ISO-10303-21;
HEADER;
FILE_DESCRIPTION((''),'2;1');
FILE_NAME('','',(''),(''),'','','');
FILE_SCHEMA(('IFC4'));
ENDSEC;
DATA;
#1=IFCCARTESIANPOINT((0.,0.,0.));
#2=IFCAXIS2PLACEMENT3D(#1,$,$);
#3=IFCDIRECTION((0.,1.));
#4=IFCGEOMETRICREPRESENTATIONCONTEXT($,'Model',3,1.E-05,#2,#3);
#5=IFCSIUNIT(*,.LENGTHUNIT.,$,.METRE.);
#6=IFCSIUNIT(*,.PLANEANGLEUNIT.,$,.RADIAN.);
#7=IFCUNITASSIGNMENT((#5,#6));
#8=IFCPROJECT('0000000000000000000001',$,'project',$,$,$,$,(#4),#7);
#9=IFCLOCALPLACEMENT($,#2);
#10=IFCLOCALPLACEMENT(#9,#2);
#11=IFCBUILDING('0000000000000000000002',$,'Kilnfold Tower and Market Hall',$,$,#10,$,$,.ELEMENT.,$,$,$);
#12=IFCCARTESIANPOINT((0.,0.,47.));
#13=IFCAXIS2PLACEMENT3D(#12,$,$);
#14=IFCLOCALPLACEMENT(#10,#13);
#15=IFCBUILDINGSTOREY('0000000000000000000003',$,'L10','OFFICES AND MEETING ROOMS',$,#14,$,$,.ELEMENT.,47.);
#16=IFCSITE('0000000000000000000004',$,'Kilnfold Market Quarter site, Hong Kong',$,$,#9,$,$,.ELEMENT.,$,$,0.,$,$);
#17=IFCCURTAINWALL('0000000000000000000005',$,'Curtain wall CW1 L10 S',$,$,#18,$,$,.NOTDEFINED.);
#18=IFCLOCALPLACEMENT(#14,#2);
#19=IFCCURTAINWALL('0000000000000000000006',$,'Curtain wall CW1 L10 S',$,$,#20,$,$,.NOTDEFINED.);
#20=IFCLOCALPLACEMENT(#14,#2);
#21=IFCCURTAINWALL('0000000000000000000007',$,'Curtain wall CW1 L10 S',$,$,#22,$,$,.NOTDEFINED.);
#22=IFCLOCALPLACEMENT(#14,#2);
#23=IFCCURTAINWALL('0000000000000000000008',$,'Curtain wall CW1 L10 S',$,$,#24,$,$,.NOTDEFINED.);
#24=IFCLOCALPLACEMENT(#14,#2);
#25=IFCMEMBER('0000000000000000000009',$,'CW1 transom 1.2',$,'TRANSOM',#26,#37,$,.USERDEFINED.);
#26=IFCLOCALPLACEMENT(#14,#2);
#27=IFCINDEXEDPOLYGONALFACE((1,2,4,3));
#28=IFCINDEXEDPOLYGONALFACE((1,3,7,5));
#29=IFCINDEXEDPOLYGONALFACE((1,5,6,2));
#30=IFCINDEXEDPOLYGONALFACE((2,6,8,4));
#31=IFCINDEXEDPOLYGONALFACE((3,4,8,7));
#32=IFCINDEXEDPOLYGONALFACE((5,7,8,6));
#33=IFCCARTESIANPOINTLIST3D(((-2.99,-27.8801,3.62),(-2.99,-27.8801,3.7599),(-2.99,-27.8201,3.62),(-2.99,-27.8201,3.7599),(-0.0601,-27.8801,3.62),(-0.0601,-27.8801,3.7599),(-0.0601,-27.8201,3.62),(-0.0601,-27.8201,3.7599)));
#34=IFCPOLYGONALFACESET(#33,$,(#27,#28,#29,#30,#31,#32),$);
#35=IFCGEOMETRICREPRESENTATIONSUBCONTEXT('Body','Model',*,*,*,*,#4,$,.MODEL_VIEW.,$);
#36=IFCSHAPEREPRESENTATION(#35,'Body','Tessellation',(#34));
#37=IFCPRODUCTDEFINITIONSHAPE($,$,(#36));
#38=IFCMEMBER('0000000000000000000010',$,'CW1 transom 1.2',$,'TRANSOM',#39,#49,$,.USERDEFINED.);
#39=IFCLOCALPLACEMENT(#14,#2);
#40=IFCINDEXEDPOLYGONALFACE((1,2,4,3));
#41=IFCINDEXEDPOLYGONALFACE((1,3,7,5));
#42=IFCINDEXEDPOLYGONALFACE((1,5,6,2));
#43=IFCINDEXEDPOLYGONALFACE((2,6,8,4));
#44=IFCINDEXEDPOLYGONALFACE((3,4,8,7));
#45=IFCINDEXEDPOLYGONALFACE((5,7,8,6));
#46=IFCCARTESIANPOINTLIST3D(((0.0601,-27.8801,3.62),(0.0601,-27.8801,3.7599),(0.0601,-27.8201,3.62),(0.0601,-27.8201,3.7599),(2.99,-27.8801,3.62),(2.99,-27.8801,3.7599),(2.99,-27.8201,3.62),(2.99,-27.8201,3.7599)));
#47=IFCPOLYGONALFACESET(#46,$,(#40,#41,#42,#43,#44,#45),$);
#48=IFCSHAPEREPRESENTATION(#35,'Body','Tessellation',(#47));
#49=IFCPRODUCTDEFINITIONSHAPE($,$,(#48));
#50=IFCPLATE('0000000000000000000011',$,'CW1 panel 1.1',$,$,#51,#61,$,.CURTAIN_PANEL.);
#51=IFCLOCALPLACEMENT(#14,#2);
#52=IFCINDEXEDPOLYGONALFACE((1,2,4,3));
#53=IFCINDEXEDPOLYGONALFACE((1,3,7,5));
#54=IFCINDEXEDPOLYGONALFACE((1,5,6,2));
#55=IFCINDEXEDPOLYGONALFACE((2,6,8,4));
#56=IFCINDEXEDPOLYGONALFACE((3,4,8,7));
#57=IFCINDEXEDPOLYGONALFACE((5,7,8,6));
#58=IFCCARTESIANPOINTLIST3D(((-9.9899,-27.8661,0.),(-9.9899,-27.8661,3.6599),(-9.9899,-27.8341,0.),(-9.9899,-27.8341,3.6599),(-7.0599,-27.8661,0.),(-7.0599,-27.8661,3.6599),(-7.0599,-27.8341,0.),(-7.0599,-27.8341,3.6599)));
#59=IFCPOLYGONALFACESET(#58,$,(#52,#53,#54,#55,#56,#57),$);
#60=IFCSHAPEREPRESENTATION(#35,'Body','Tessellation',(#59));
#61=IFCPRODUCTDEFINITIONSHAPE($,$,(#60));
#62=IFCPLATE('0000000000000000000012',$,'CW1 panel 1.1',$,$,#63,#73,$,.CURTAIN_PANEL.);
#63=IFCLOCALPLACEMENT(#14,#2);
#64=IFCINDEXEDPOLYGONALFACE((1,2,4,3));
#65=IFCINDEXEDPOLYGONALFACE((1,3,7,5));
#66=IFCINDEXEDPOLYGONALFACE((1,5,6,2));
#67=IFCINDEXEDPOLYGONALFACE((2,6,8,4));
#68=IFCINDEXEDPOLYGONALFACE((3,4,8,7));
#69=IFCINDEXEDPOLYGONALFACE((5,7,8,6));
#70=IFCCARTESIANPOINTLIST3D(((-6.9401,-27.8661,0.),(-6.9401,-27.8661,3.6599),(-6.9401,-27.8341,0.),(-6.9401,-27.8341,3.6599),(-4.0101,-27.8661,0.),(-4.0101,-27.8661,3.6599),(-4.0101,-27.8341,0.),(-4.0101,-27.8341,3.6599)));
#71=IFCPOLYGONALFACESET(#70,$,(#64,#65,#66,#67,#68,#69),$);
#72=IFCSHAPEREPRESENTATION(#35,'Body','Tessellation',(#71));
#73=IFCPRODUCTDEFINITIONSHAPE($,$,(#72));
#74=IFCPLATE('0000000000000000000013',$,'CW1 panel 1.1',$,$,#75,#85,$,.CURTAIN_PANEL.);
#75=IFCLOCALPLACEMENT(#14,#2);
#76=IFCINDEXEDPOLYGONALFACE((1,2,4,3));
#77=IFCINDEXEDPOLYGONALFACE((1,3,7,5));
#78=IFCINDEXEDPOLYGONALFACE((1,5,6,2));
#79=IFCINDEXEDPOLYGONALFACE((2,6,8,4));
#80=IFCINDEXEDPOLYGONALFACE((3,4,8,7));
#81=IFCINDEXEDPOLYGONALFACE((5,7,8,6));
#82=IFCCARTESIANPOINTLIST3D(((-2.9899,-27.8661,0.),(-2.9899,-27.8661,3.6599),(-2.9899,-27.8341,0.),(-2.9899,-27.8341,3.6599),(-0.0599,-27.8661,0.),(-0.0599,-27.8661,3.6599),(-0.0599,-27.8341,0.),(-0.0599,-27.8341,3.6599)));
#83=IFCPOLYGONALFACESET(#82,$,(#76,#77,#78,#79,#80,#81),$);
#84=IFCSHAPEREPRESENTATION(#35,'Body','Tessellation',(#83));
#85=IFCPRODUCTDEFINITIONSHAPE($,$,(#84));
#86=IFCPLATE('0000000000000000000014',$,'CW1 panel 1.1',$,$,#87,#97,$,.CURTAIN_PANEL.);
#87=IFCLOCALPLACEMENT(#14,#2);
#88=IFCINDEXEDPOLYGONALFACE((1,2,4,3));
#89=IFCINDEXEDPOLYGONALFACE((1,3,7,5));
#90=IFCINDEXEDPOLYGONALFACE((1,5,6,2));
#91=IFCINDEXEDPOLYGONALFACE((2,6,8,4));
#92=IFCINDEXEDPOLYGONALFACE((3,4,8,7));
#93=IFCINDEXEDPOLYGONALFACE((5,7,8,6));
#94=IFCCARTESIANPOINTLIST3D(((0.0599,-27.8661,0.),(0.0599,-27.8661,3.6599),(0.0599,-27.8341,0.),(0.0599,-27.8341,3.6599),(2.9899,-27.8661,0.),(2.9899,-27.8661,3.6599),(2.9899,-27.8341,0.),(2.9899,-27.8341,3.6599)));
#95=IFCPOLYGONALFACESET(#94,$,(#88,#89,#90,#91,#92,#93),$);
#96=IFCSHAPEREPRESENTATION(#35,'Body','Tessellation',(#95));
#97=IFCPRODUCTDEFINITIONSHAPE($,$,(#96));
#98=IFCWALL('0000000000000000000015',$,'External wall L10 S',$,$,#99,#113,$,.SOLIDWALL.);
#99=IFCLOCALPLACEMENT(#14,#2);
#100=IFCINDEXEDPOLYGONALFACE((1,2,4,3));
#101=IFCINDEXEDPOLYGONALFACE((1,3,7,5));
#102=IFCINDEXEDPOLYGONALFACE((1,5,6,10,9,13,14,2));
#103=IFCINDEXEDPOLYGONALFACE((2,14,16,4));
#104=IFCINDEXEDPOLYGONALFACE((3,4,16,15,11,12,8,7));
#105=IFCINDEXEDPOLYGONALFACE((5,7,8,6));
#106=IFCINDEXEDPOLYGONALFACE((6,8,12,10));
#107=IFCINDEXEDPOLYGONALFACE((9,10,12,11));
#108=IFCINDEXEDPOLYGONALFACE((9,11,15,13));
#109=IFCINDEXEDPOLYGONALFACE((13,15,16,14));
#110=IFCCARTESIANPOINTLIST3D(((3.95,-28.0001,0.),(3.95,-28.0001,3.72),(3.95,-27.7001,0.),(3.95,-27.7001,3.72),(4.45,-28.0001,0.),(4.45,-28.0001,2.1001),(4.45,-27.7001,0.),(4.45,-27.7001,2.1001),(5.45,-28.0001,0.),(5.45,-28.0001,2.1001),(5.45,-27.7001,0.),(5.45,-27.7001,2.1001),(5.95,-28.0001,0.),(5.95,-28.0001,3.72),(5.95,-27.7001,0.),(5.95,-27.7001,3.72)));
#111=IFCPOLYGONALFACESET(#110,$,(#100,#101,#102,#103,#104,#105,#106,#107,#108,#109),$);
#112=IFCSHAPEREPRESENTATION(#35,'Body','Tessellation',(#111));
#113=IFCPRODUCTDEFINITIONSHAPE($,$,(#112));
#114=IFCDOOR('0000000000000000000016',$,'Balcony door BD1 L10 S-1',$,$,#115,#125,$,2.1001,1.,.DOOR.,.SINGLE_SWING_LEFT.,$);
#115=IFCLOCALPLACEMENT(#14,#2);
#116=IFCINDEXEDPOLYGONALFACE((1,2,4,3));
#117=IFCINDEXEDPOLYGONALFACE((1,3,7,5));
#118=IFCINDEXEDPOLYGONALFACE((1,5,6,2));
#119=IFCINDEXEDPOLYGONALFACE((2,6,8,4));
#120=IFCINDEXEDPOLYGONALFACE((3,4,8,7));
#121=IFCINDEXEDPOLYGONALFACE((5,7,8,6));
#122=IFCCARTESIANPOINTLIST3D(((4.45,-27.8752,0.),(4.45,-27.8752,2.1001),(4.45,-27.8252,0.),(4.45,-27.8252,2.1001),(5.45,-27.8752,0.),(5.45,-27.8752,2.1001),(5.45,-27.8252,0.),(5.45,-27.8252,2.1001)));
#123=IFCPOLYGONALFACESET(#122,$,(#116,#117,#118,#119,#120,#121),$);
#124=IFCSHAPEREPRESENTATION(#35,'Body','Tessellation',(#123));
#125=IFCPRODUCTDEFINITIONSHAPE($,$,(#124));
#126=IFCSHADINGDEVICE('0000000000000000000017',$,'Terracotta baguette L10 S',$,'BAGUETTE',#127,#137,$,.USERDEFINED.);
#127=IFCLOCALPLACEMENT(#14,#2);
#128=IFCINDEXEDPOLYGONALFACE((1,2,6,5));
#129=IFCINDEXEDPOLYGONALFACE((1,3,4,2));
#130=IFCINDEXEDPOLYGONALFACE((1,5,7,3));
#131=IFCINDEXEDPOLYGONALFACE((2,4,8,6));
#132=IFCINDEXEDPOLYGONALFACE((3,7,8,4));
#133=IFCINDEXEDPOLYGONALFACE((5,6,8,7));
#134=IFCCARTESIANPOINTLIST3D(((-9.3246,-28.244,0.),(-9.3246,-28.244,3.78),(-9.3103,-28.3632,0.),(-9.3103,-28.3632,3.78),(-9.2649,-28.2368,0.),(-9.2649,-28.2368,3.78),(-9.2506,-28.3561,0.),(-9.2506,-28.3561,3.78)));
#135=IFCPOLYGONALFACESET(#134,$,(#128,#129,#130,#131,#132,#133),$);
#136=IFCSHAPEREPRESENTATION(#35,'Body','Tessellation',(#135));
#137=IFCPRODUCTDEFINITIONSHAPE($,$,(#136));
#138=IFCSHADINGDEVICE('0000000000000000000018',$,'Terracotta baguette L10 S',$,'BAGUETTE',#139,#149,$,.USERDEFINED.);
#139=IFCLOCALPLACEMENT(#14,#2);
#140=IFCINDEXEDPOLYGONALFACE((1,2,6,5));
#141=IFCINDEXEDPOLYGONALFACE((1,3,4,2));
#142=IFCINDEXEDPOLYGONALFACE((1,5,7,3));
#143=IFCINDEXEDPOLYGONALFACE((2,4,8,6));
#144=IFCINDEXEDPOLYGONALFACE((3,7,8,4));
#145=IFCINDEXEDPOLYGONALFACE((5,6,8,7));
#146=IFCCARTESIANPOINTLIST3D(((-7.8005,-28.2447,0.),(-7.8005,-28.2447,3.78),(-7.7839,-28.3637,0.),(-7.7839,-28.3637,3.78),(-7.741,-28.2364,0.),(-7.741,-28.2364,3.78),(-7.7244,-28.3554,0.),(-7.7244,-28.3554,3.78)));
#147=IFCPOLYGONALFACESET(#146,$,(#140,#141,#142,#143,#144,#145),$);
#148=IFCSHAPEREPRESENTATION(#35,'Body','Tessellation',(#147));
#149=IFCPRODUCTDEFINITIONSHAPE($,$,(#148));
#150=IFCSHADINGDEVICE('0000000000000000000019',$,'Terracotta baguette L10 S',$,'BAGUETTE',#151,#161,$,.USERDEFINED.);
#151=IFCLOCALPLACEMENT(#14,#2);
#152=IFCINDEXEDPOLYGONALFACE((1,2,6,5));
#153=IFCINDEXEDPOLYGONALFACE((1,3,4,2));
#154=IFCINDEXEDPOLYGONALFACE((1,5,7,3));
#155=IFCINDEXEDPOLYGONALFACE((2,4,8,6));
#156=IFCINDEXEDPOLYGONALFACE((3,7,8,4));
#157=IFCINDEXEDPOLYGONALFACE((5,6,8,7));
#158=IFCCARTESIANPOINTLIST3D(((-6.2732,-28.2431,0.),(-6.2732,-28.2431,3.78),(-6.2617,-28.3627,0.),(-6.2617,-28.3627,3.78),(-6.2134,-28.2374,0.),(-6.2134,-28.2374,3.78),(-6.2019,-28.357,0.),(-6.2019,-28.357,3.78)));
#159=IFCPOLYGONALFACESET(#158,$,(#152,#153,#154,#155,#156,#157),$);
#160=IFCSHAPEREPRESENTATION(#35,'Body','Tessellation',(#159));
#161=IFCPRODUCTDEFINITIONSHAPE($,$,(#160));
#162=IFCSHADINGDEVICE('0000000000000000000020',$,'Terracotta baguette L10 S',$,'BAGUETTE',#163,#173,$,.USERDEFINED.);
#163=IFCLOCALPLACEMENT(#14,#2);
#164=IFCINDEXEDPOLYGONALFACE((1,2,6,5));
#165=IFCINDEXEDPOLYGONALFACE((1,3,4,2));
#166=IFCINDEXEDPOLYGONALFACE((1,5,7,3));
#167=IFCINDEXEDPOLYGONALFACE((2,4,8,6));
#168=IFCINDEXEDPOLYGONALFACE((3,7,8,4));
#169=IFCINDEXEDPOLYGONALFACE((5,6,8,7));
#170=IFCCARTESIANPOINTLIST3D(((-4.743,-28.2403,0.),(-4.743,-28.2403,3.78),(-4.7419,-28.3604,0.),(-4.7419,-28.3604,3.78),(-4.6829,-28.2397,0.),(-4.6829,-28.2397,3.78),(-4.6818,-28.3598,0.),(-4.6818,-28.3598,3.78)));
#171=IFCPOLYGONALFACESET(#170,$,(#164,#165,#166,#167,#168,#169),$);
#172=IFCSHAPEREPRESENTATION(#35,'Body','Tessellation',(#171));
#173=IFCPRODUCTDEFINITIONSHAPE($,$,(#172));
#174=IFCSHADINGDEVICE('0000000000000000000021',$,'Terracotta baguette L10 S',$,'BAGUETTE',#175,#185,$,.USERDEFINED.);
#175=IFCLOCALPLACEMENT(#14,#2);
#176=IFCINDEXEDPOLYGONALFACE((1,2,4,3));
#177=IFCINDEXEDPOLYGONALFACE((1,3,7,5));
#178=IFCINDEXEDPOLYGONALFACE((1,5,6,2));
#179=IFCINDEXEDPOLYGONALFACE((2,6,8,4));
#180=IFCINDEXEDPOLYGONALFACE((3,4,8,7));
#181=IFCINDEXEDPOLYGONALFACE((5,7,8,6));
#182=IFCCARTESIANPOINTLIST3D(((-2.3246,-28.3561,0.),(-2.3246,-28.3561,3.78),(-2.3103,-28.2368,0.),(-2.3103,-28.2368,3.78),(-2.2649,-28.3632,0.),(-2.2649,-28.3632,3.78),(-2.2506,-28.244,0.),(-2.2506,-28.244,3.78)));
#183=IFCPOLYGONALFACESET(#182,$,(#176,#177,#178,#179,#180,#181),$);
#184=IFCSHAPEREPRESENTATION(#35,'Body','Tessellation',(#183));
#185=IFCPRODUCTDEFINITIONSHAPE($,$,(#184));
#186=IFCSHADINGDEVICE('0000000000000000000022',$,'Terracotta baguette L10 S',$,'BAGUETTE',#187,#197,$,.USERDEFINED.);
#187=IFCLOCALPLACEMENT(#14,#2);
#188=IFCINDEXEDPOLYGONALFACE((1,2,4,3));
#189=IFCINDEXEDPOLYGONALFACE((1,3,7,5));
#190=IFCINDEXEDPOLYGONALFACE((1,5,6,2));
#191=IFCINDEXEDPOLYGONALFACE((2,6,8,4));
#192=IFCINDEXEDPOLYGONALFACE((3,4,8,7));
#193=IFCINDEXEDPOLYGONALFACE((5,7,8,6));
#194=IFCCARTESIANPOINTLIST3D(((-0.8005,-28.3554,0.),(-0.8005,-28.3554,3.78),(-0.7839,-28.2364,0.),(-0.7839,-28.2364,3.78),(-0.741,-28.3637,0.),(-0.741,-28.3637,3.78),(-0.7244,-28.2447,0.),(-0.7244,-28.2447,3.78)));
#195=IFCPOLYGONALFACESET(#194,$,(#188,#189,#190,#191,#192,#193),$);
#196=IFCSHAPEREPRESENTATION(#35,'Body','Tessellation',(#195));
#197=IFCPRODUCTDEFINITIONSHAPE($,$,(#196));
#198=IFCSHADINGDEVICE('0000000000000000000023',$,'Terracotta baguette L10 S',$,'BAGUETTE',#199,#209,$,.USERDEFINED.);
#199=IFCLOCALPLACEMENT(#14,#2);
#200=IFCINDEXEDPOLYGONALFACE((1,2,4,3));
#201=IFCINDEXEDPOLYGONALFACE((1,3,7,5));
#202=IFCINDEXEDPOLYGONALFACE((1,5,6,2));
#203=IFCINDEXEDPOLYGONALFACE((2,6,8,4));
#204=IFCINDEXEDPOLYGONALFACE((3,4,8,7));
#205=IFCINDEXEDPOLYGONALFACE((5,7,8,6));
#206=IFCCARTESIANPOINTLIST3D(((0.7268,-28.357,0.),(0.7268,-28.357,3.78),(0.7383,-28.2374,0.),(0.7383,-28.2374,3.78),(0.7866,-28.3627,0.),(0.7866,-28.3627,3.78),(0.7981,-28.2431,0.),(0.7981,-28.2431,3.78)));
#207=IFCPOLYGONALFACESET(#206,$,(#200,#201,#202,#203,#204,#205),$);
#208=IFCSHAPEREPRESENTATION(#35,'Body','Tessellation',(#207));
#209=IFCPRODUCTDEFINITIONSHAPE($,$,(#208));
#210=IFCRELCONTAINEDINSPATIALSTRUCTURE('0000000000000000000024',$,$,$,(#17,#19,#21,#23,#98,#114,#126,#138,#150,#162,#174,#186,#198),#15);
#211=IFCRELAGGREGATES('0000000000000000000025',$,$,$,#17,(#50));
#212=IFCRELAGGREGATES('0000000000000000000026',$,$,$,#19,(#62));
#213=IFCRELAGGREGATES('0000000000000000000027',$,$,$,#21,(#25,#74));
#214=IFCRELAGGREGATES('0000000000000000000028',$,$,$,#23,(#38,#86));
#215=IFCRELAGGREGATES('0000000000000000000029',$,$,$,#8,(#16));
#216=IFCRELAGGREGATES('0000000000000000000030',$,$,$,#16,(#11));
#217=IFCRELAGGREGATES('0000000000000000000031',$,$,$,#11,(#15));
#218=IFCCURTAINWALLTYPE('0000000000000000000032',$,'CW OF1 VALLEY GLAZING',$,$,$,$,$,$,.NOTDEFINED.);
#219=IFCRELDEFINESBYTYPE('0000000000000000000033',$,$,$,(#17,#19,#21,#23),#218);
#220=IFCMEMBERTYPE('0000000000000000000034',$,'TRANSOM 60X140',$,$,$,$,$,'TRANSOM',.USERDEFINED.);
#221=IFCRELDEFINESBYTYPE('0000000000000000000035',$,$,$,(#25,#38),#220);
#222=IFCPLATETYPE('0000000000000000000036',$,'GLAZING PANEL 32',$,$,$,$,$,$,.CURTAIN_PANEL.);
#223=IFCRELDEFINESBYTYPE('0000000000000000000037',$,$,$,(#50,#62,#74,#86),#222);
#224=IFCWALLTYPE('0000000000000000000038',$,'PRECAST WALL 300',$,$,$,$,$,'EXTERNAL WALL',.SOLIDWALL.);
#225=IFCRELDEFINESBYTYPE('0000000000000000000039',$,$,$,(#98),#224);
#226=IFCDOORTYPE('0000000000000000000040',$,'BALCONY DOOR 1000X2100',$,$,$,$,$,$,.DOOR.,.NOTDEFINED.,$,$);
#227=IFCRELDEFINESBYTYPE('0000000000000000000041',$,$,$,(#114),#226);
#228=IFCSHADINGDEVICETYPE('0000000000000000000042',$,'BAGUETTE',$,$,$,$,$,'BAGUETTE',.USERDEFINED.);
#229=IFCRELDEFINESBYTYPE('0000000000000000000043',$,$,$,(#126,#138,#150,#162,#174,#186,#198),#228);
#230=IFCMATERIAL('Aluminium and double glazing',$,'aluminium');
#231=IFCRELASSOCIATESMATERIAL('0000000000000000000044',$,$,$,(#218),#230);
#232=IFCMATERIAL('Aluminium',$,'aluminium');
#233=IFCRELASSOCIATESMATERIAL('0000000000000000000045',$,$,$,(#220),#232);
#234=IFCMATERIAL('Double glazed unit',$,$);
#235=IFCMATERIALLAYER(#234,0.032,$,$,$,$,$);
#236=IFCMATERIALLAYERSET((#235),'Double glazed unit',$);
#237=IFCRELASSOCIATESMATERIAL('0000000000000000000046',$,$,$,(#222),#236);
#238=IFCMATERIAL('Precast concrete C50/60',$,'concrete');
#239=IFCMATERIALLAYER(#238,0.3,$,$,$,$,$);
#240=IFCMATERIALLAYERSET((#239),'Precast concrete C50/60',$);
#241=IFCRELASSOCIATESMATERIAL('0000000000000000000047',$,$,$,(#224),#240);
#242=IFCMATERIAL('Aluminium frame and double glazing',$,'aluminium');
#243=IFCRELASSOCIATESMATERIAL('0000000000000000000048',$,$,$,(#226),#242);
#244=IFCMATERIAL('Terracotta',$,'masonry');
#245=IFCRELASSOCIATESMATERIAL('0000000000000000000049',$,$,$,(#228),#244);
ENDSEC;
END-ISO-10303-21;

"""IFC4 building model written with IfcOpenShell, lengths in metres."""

from ifc_helpers import new_model, si_unit, direction, frame, frame_2d, origin, origin_2d, place, context, subcontext, project, spatial, rectangle, extrude, source, transform, mapped, material, layer, layer_set, material_profile, profile_set, type_object, element, fill, aggregate, save


model = new_model("IFC4")

# Units and contexts
model_context = context("Model", 3, precision=1e-05, world=origin(), true_north=direction((0.0, 1.0)))
body_context = subcontext(model_context, "Body", "Model", "MODEL_VIEW")
ifc_project = project(units=[si_unit("LENGTHUNIT", "METRE"), si_unit("PLANEANGLEUNIT", "RADIAN")], contexts=[model_context])

# Site, building, storey
site_placement = place(None, origin())
site = spatial("IfcSite", under=ifc_project, at=site_placement, Name="Kilnfold Market Quarter site, Hong Kong", CompositionType="ELEMENT", RefElevation=0.0)
building_placement = place(site_placement, origin())
building = spatial("IfcBuilding", under=site, at=building_placement, Name="Kilnfold Tower and Market Hall", CompositionType="ELEMENT")
storey_placement = place(building_placement, frame((0.0, 0.0, 47.0)))
storey = spatial("IfcBuildingStorey", under=building, at=storey_placement, Name="L10", Description="OFFICES AND MEETING ROOMS", CompositionType="ELEMENT", Elevation=47.0)

# Shared definitions
ifc_material_1 = material(Name="Aluminium and double glazing", Category="aluminium")
curtain_wall_type = type_object("IfcCurtainWallType", Name="CW OF1 VALLEY GLAZING", PredefinedType="NOTDEFINED", material=ifc_material_1)

# Curtain walls
curtain_wall_1_placement = place(storey_placement, origin())
curtain_wall_1 = element("IfcCurtainWall", 1, at=curtain_wall_1_placement, inside=storey, type_object=curtain_wall_type, Name="Curtain wall CW1 L10 S", PredefinedType="NOTDEFINED")
curtain_wall_2_placement = place(storey_placement, origin())
curtain_wall_2 = element("IfcCurtainWall", 2, at=curtain_wall_2_placement, inside=storey, type_object=curtain_wall_type, Name="Curtain wall CW1 L10 S", PredefinedType="NOTDEFINED")
curtain_wall_3_placement = place(storey_placement, origin())
curtain_wall_3 = element("IfcCurtainWall", 3, at=curtain_wall_3_placement, inside=storey, type_object=curtain_wall_type, Name="Curtain wall CW1 L10 S", PredefinedType="NOTDEFINED")
curtain_wall_4_placement = place(storey_placement, origin())
curtain_wall_4 = element("IfcCurtainWall", 4, at=curtain_wall_4_placement, inside=storey, type_object=curtain_wall_type, Name="Curtain wall CW1 L10 S", PredefinedType="NOTDEFINED")

# Members
ifc_material_2 = material(Name="Aluminium", Category="aluminium")
ifc_material_profile_1 = material_profile(ifc_material_2, rectangle(XDim=0.0601, YDim=0.1399, at=origin_2d()), Name="TRANSOM 60x140")
ifc_profile_set_1 = profile_set([ifc_material_profile_1], Name="Aluminium")
member_type_1 = type_object("IfcMemberType", Name="TRANSOM 60X140", ElementType="TRANSOM", PredefinedType="USERDEFINED", material=ifc_profile_set_1)
shared_shape_1 = source(origin(), body_context, "Body", "SweptSolid", [
    extrude(rectangle(XDim=0.0601, YDim=0.1399, at=origin_2d()), origin(), (0.0, 0.0, 1.0), 2.9299),
])
member_1_placement = place(storey_placement, frame((-2.99, -27.8501, 3.6899), z_axis=(1.0, 0.0, 0.0), x_axis=(0.0, 1.0, 0.0)))
member_1 = element("IfcMember", 5, at=member_1_placement, type_object=member_type_1, Name="CW1 transom 1.2", ObjectType="TRANSOM", PredefinedType="USERDEFINED", context=body_context, shape_type="MappedRepresentation", body=[
    mapped(shared_shape_1, transform((0.0, 0.0, 0.0))),
])
member_2_placement = place(storey_placement, frame((0.0601, -27.8501, 3.6899), z_axis=(1.0, 0.0, 0.0), x_axis=(0.0, 1.0, 0.0)))
member_2 = element("IfcMember", 6, at=member_2_placement, type_object=member_type_1, Name="CW1 transom 1.2", ObjectType="TRANSOM", PredefinedType="USERDEFINED", context=body_context, shape_type="MappedRepresentation", body=[
    mapped(shared_shape_1, transform((0.0, 0.0, 0.0))),
])

# Plates
ifc_material_3 = material(Name="Double glazed unit")
ifc_layer_1 = layer(ifc_material_3, 0.032)
ifc_layer_set_1 = layer_set([ifc_layer_1], Name="Double glazed unit")
plate_type = type_object("IfcPlateType", Name="GLAZING PANEL 32", PredefinedType="CURTAIN_PANEL", material=ifc_layer_set_1)
shared_shape_2 = source(origin(), body_context, "Body", "SweptSolid", [
    extrude(rectangle(XDim=2.9299, YDim=0.032, at=origin_2d()), origin(), (0.0, 0.0, 1.0), 3.6599),
])
plate_1_placement = place(storey_placement, frame((-8.5249, -27.8501, 0.0), z_axis=(0.0, 0.0, 1.0), x_axis=(1.0, 0.0, 0.0)))
plate_1 = element("IfcPlate", 7, at=plate_1_placement, type_object=plate_type, Name="CW1 panel 1.1", PredefinedType="CURTAIN_PANEL", context=body_context, shape_type="MappedRepresentation", body=[
    mapped(shared_shape_2, transform((0.0, 0.0, 0.0))),
])
aggregate(curtain_wall_1, [plate_1])
plate_2_placement = place(storey_placement, frame((-5.4751, -27.8501, 0.0), z_axis=(0.0, 0.0, 1.0), x_axis=(1.0, 0.0, 0.0)))
plate_2 = element("IfcPlate", 8, at=plate_2_placement, type_object=plate_type, Name="CW1 panel 1.1", PredefinedType="CURTAIN_PANEL", context=body_context, shape_type="MappedRepresentation", body=[
    mapped(shared_shape_2, transform((0.0, 0.0, 0.0))),
])
aggregate(curtain_wall_2, [plate_2])
plate_3_placement = place(storey_placement, frame((-1.5249, -27.8501, 0.0), z_axis=(0.0, 0.0, 1.0), x_axis=(1.0, 0.0, 0.0)))
plate_3 = element("IfcPlate", 9, at=plate_3_placement, type_object=plate_type, Name="CW1 panel 1.1", PredefinedType="CURTAIN_PANEL", context=body_context, shape_type="MappedRepresentation", body=[
    mapped(shared_shape_2, transform((0.0, 0.0, 0.0))),
])
aggregate(curtain_wall_3, [member_1, plate_3])
plate_4_placement = place(storey_placement, frame((1.5249, -27.8501, 0.0), z_axis=(0.0, 0.0, 1.0), x_axis=(1.0, 0.0, 0.0)))
plate_4 = element("IfcPlate", 10, at=plate_4_placement, type_object=plate_type, Name="CW1 panel 1.1", PredefinedType="CURTAIN_PANEL", context=body_context, shape_type="MappedRepresentation", body=[
    mapped(shared_shape_2, transform((0.0, 0.0, 0.0))),
])
aggregate(curtain_wall_4, [member_2, plate_4])

# Wall, opening, door
ifc_material_4 = material(Name="Precast concrete C50/60", Category="concrete")
ifc_layer_2 = layer(ifc_material_4, 0.3)
ifc_layer_set_2 = layer_set([ifc_layer_2], Name="Precast concrete C50/60")
wall_type = type_object("IfcWallType", Name="PRECAST WALL 300", ElementType="EXTERNAL WALL", PredefinedType="SOLIDWALL", material=ifc_layer_set_2)
shared_shape_3 = source(origin(), body_context, "Body", "SweptSolid", [
    extrude(rectangle(XDim=2.0, YDim=0.3, at=frame_2d((1.0, 0.0))), origin(), (0.0, 0.0, 1.0), 3.72),
])
wall_placement = place(storey_placement, frame((3.95, -27.8501, 0.0), z_axis=(0.0, 0.0, 1.0), x_axis=(1.0, 0.0, 0.0)))
wall = element("IfcWall", 11, at=wall_placement, inside=storey, type_object=wall_type, Name="External wall L10 S", PredefinedType="SOLIDWALL", context=body_context, shape_type="MappedRepresentation", body=[
    mapped(shared_shape_3, transform((0.0, 0.0, 0.0))),
])
opening_placement = place(wall_placement, frame((0.5, 0.0, 0.0)))
opening = element("IfcOpeningElement", 12, at=opening_placement, cuts=wall, PredefinedType="OPENING", context=body_context, shape_type="SweptSolid", body=[
    extrude(rectangle(XDim=1.0, YDim=2.1001, at=frame_2d((0.5, 1.05))), frame((0.0, 0.1602, 0.0), z_axis=(0.0, -1.0, 0.0), x_axis=(1.0, 0.0, 0.0)), (0.0, 0.0, 1.0), 0.3201),
])
ifc_material_5 = material(Name="Aluminium frame and double glazing", Category="aluminium")
door_type = type_object("IfcDoorType", Name="BALCONY DOOR 1000X2100", OperationType="NOTDEFINED", PredefinedType="DOOR", material=ifc_material_5)
door_placement = place(opening_placement, origin())
door = element("IfcDoor", 13, at=door_placement, inside=storey, type_object=door_type, Name="Balcony door BD1 L10 S-1", OperationType="SINGLE_SWING_LEFT", OverallHeight=2.1001, OverallWidth=1.0, PredefinedType="DOOR", context=body_context, shape_type="SweptSolid", body=[
    extrude(rectangle(XDim=1.0, YDim=2.1001, at=frame_2d((0.5, 1.05))), frame((0.0, 0.0249, 0.0), z_axis=(0.0, -1.0, 0.0), x_axis=(1.0, 0.0, 0.0)), (0.0, 0.0, 1.0), 0.05),
])
fill(opening, door)

# Shading devices
ifc_material_6 = material(Name="Terracotta", Category="masonry")
ifc_material_profile_2 = material_profile(ifc_material_6, rectangle(XDim=0.0601, YDim=0.1201, at=origin_2d()), Name="BAG 60x120")
ifc_profile_set_2 = profile_set([ifc_material_profile_2], Name="Terracotta")
shading_device_type = type_object("IfcShadingDeviceType", Name="BAGUETTE", ElementType="BAGUETTE", PredefinedType="USERDEFINED", material=ifc_profile_set_2)
shared_shape_4 = source(origin(), body_context, "Body", "SweptSolid", [
    extrude(rectangle(XDim=0.0601, YDim=0.1201, at=origin_2d()), origin(), (0.0, 0.0, 1.0), 3.78),
])
for number, where, z_axis, x_axis, name in (
    (14, (-9.2876, -28.3, 0.0), (0.0, 0.0, 1.0), (0.992916, 0.118818, 0.0), "Terracotta baguette L10 S"),
    (15, (-7.7625, -28.3, 0.0), (0.0, 0.0, 1.0), (0.990445, 0.13791, 0.0), "Terracotta baguette L10 S"),
    (16, (-6.2375, -28.3, 0.0), (0.0, 0.0, 1.0), (0.995464, 0.095139, 0.0), "Terracotta baguette L10 S"),
    (17, (-4.7124, -28.3, 0.0), (0.0, 0.0, 1.0), (0.999957, 0.009299, 0.0), "Terracotta baguette L10 S"),
    (18, (-2.2876, -28.3, 0.0), (0.0, 0.0, 1.0), (0.992916, -0.118818, 0.0), "Terracotta baguette L10 S"),
    (19, (-0.7625, -28.3, 0.0), (0.0, 0.0, 1.0), (0.990445, -0.13791, 0.0), "Terracotta baguette L10 S"),
    (20, (0.7625, -28.3, 0.0), (0.0, 0.0, 1.0), (0.995464, -0.095139, 0.0), "Terracotta baguette L10 S"),
):
    element("IfcShadingDevice", number, at=place(storey_placement, frame(where, z_axis=z_axis, x_axis=x_axis)), inside=storey, type_object=shading_device_type, Name=name, ObjectType="BAGUETTE", PredefinedType="USERDEFINED", context=body_context, shape_type="MappedRepresentation", body=[
        mapped(shared_shape_4, transform((0.0, 0.0, 0.0))),
    ])

save(model, "model.ifc")
